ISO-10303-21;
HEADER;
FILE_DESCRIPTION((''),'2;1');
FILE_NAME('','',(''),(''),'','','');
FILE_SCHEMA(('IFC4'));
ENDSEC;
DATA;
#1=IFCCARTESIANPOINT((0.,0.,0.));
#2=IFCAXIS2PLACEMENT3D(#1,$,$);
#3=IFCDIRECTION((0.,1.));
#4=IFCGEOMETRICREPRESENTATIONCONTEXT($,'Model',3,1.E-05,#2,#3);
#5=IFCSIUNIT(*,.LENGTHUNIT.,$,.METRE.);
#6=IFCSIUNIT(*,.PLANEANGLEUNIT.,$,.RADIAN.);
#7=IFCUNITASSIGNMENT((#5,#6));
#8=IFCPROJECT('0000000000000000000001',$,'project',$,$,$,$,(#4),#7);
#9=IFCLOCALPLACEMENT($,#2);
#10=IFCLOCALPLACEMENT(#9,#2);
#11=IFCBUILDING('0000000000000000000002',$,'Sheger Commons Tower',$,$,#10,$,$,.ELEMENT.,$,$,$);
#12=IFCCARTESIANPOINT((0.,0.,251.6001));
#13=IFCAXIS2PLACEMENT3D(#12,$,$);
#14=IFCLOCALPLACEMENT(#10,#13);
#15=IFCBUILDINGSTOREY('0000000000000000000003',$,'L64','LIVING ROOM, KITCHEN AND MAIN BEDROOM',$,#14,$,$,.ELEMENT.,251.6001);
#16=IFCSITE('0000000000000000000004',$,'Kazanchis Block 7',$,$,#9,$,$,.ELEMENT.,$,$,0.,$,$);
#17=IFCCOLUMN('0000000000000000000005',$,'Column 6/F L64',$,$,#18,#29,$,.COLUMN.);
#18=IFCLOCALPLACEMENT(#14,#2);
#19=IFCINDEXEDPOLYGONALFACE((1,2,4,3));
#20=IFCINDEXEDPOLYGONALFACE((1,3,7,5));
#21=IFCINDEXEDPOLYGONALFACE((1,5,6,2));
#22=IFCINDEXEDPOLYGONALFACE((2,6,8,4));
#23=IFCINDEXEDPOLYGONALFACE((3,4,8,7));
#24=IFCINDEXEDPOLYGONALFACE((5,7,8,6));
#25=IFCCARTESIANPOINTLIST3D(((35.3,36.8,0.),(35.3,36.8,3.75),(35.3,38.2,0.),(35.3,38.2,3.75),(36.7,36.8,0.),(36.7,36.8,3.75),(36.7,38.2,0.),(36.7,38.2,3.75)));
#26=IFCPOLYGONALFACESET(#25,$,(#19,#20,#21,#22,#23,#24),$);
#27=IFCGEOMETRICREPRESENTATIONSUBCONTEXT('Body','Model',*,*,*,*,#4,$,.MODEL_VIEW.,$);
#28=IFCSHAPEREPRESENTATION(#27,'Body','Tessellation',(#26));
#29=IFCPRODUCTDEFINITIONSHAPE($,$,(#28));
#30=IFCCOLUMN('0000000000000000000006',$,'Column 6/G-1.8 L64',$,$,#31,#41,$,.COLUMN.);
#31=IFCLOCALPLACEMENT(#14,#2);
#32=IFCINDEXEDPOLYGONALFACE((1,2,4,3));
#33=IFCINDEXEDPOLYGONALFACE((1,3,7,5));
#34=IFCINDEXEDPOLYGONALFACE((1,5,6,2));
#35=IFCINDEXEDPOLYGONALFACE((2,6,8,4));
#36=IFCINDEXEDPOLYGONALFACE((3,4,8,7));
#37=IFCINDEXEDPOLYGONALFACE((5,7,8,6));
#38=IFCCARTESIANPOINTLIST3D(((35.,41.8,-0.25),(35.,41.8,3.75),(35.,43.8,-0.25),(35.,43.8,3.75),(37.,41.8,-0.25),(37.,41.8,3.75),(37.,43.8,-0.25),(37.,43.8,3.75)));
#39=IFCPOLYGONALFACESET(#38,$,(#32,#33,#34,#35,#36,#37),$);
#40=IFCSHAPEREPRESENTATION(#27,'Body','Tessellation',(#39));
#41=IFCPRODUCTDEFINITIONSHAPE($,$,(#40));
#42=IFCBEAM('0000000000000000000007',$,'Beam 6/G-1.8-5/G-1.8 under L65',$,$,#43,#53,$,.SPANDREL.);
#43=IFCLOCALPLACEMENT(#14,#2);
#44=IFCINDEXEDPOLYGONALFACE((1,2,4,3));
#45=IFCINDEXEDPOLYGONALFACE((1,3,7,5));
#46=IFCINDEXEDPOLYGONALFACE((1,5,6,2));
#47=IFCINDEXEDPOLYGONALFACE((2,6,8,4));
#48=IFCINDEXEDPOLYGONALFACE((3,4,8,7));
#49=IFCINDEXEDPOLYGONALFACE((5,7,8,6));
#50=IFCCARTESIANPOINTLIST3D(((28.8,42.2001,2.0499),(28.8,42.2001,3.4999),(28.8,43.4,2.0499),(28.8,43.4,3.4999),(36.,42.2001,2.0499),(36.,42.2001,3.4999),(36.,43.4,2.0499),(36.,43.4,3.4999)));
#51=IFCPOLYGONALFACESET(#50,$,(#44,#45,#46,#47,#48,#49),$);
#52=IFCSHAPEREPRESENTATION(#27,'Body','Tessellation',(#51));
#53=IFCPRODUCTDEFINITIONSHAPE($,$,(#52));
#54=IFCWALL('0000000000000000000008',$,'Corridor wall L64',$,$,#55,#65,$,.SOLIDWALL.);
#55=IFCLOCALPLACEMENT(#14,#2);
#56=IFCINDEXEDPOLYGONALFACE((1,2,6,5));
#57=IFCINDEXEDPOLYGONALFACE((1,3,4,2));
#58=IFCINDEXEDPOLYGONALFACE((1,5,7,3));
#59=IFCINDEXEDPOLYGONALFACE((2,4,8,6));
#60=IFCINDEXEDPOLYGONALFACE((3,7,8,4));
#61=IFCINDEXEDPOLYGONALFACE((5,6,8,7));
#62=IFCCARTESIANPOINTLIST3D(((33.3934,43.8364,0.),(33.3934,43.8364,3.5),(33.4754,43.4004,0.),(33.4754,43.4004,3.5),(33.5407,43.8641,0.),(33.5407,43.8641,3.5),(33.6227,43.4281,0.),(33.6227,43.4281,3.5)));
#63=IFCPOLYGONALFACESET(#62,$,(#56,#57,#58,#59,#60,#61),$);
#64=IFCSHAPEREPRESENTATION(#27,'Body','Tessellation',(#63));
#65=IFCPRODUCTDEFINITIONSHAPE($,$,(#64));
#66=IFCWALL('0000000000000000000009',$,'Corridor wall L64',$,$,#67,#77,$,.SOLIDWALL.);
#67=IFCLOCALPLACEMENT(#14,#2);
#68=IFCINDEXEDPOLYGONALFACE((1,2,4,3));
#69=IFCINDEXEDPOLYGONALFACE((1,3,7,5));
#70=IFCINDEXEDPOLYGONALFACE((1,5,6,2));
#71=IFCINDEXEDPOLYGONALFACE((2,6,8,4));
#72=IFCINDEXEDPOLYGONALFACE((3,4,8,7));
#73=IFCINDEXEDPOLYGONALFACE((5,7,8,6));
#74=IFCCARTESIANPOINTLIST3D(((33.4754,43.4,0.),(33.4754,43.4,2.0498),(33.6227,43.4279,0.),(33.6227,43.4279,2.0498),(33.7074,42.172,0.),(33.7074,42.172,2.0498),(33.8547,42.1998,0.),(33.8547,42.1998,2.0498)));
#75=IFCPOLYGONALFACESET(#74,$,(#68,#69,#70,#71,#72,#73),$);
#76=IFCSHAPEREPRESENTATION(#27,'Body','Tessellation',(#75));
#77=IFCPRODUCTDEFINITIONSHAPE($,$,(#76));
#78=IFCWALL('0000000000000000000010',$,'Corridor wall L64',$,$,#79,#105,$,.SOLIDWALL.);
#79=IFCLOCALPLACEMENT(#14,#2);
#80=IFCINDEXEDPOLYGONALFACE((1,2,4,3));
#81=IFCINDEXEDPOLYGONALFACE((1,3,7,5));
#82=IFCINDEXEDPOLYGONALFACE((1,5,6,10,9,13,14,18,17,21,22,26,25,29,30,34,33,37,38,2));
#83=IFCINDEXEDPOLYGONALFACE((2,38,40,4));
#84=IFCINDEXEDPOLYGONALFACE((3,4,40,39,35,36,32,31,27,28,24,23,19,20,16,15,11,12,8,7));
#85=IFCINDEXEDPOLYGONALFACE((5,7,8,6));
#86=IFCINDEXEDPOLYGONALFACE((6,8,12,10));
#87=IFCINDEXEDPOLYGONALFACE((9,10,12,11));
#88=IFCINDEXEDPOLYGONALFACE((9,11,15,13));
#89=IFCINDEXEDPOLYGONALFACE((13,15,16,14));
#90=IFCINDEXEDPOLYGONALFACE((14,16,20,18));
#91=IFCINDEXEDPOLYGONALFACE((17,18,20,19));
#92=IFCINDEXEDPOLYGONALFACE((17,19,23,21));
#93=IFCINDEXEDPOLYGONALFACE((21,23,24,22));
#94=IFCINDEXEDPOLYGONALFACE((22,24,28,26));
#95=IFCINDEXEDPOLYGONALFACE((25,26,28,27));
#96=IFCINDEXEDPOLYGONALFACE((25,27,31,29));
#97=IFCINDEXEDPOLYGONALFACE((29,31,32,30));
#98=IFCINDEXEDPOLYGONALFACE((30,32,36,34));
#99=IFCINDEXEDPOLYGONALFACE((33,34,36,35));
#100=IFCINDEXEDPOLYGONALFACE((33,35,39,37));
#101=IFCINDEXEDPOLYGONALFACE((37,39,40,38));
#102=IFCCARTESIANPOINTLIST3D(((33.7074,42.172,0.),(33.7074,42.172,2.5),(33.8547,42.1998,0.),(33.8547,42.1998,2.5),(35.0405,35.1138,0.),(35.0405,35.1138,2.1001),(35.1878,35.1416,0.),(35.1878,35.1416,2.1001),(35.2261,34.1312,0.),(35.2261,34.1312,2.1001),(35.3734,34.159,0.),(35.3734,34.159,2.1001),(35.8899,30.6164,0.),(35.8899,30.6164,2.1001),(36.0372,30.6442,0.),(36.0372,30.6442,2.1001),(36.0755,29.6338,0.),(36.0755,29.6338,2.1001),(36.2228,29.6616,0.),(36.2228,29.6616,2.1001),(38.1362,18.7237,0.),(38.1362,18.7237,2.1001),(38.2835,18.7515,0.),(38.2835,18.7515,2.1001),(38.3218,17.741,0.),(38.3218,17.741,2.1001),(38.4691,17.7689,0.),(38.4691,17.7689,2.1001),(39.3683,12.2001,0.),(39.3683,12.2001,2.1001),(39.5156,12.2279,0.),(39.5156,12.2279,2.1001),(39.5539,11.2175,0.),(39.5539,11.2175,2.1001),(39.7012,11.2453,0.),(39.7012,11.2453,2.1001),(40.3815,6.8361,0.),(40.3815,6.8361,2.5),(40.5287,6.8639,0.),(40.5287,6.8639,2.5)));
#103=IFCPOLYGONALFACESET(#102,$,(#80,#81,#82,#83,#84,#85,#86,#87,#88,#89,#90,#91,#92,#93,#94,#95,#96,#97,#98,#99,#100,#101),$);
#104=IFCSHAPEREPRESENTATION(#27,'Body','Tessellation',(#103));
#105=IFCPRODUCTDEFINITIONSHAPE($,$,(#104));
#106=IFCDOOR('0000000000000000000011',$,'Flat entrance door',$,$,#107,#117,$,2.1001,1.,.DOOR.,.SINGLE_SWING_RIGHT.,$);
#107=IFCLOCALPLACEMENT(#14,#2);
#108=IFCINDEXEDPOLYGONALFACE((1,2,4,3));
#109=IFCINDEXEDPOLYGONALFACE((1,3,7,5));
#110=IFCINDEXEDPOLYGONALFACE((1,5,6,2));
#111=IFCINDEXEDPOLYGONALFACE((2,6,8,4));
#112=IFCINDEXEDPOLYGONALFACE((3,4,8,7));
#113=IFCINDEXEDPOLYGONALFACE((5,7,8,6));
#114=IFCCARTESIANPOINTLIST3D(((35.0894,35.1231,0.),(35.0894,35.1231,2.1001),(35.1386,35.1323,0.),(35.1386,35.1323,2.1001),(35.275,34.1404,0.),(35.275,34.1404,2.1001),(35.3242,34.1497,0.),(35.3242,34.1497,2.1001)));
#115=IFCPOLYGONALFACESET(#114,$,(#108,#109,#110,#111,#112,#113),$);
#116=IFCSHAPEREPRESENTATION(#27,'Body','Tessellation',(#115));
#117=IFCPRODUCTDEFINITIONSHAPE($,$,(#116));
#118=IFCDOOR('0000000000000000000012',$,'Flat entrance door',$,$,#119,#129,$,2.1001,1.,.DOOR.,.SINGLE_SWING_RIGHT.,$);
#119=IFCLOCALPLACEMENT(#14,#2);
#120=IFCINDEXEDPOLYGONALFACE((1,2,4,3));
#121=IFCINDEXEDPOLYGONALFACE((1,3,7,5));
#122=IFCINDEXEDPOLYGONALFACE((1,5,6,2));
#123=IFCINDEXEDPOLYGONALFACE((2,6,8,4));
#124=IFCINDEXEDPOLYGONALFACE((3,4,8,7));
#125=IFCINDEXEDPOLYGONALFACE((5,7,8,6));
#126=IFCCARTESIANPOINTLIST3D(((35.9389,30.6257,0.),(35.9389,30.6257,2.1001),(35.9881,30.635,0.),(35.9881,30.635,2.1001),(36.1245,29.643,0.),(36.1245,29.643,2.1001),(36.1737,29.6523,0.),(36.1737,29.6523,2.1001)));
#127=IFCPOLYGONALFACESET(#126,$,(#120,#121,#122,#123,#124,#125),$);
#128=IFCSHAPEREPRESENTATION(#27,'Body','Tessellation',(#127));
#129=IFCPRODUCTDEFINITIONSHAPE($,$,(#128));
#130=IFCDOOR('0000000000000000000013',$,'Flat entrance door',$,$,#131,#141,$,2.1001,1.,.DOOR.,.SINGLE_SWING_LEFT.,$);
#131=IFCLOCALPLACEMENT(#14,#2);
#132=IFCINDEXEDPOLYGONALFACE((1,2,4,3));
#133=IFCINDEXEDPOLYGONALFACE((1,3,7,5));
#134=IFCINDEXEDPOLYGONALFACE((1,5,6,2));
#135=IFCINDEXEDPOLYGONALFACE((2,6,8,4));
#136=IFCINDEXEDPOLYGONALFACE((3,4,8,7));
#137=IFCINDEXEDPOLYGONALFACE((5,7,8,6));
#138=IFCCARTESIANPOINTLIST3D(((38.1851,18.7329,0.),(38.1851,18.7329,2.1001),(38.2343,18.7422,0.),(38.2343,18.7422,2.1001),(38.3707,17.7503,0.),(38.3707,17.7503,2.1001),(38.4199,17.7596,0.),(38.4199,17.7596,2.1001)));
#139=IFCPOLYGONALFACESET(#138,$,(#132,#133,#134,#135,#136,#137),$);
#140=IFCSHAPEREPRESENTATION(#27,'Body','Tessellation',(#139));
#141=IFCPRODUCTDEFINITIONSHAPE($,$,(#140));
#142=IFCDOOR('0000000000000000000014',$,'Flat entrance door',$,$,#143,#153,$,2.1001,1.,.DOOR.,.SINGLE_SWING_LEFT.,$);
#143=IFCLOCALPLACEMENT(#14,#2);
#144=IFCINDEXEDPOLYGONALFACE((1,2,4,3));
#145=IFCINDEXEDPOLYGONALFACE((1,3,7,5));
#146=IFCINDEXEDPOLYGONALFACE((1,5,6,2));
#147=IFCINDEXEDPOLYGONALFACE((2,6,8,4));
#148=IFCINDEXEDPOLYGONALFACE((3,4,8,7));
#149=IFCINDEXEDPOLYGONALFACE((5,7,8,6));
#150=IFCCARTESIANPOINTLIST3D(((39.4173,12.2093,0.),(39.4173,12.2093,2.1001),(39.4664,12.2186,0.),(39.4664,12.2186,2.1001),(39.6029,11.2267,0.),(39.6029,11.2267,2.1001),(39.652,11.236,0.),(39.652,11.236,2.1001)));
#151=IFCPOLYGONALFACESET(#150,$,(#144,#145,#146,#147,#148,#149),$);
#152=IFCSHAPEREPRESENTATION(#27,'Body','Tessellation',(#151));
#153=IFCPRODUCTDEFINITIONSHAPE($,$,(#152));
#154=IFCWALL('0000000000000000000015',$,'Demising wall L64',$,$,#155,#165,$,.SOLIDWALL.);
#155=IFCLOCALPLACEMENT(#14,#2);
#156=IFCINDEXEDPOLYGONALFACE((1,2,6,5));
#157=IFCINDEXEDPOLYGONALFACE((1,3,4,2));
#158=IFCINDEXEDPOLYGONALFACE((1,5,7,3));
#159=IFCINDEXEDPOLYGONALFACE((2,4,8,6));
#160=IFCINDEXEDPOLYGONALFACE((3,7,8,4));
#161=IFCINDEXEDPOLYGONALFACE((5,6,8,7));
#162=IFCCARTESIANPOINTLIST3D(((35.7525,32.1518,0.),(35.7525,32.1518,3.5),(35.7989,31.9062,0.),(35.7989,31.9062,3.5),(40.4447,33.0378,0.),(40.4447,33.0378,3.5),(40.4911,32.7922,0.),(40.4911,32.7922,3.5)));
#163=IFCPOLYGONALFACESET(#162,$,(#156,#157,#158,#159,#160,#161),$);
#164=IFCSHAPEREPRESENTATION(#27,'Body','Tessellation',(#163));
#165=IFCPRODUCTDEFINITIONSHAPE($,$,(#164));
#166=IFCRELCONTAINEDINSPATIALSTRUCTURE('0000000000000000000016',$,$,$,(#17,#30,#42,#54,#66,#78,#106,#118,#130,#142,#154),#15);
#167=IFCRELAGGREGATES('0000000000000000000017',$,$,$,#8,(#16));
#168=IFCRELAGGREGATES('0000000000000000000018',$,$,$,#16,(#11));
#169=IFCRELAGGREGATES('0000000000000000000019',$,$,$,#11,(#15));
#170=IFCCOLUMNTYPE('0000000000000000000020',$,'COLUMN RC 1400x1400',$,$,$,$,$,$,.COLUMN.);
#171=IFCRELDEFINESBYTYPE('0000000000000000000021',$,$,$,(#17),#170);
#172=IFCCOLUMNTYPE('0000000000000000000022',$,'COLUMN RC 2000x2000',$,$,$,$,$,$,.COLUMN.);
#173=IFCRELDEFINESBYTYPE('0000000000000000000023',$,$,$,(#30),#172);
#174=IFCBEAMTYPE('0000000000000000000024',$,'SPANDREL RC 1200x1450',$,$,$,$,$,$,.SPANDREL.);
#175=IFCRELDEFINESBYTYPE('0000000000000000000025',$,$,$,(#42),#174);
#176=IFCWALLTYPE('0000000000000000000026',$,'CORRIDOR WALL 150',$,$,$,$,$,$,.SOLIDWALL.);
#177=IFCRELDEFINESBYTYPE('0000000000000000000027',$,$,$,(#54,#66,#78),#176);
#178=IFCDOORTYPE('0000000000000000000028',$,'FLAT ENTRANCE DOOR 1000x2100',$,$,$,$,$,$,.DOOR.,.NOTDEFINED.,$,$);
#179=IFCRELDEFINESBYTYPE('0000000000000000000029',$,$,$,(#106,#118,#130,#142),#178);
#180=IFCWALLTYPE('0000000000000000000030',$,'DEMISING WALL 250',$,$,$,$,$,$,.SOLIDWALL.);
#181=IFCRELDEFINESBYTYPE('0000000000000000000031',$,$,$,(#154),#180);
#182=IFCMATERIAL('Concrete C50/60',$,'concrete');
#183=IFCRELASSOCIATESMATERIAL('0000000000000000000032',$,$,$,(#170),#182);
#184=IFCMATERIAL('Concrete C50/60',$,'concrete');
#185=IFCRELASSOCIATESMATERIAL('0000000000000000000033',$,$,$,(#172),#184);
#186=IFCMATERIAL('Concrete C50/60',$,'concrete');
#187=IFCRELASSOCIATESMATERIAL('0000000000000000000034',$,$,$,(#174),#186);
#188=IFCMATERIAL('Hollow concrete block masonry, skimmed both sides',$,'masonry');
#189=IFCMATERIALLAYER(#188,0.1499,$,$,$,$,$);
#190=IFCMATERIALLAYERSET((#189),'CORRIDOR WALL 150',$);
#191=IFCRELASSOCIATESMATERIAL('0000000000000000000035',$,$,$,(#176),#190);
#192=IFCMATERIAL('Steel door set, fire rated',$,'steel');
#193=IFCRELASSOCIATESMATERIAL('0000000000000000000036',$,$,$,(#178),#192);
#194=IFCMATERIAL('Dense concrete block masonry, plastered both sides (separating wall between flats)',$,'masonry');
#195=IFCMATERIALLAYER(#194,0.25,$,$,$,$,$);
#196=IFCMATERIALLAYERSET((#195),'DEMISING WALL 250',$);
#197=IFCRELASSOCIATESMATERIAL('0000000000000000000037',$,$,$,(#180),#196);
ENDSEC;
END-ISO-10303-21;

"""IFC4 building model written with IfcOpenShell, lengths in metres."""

from ifc_helpers import new_model, si_unit, direction, frame, frame_2d, origin, origin_2d, place, context, subcontext, project, spatial, rectangle, extrude, material, layer, layer_set, material_profile, profile_set, type_object, element, fill, save


model = new_model("IFC4")

# Units and contexts
model_context = context("Model", 3, precision=1e-05, world=origin(), true_north=direction((0.0, 1.0)))
body_context = subcontext(model_context, "Body", "Model", "MODEL_VIEW")
ifc_project = project(units=[si_unit("LENGTHUNIT", "METRE"), si_unit("PLANEANGLEUNIT", "RADIAN")], contexts=[model_context])

# Site, building, storey
site_placement = place(None, origin())
site = spatial("IfcSite", under=ifc_project, at=site_placement, Name="Kazanchis Block 7", CompositionType="ELEMENT", RefElevation=0.0)
building_placement = place(site_placement, origin())
building = spatial("IfcBuilding", under=site, at=building_placement, Name="Sheger Commons Tower", CompositionType="ELEMENT")
storey_placement = place(building_placement, frame((0.0, 0.0, 251.6001)))
storey = spatial("IfcBuildingStorey", under=building, at=storey_placement, Name="L64", Description="LIVING ROOM, KITCHEN AND MAIN BEDROOM", CompositionType="ELEMENT", Elevation=251.6001)

# Columns
ifc_material_1 = material(Name="Concrete C50/60", Category="concrete")
ifc_material_profile_1 = material_profile(ifc_material_1, rectangle(XDim=1.3999, YDim=1.3999, at=origin_2d()), Name="RC 1400x1400")
ifc_profile_set_1 = profile_set([ifc_material_profile_1], Name="Concrete C50/60")
column_type_1 = type_object("IfcColumnType", Name="COLUMN RC 1400x1400", PredefinedType="COLUMN", material=ifc_profile_set_1)
column_1_placement = place(storey_placement, frame((36.0, 37.5, 0.0), z_axis=(0.0, 0.0, 1.0), x_axis=(1.0, 0.0, 0.0)))
element("IfcColumn", 1, at=column_1_placement, inside=storey, type_object=column_type_1, Name="Column 6/F L64", PredefinedType="COLUMN", context=body_context, shape_type="SweptSolid", body=[
    extrude(rectangle(XDim=1.3999, YDim=1.3999, at=origin_2d()), origin(), (0.0, 0.0, 1.0), 3.75),
])
ifc_material_2 = material(Name="Concrete C50/60", Category="concrete")
ifc_material_profile_2 = material_profile(ifc_material_2, rectangle(XDim=2.0, YDim=2.0, at=origin_2d()), Name="RC 2000x2000")
ifc_profile_set_2 = profile_set([ifc_material_profile_2], Name="Concrete C50/60")
column_type_2 = type_object("IfcColumnType", Name="COLUMN RC 2000x2000", PredefinedType="COLUMN", material=ifc_profile_set_2)
column_2_placement = place(storey_placement, frame((36.0, 42.8, -0.25), z_axis=(0.0, 0.0, 1.0), x_axis=(1.0, 0.0, 0.0)))
element("IfcColumn", 2, at=column_2_placement, inside=storey, type_object=column_type_2, Name="Column 6/G-1.8 L64", PredefinedType="COLUMN", context=body_context, shape_type="SweptSolid", body=[
    extrude(rectangle(XDim=2.0, YDim=2.0, at=origin_2d()), origin(), (0.0, 0.0, 1.0), 4.0),
])

# Beam
ifc_material_3 = material(Name="Concrete C50/60", Category="concrete")
ifc_material_profile_3 = material_profile(ifc_material_3, rectangle(XDim=1.2, YDim=1.45, at=origin_2d()), Name="RC 1200x1450")
ifc_profile_set_3 = profile_set([ifc_material_profile_3], Name="Concrete C50/60")
beam_type = type_object("IfcBeamType", Name="SPANDREL RC 1200x1450", PredefinedType="SPANDREL", material=ifc_profile_set_3)
beam_placement = place(storey_placement, frame((36.0, 42.8, 2.7749), z_axis=(-1.0, 0.0, 0.0), x_axis=(0.0, -1.0, 0.0)))
element("IfcBeam", 3, at=beam_placement, inside=storey, type_object=beam_type, Name="Beam 6/G-1.8-5/G-1.8 under L65", PredefinedType="SPANDREL", context=body_context, shape_type="SweptSolid", body=[
    extrude(rectangle(XDim=1.2, YDim=1.45, at=origin_2d()), origin(), (0.0, 0.0, 1.0), 7.2),
])

# Walls
ifc_material_4 = material(Name="Hollow concrete block masonry, skimmed both sides", Category="masonry")
ifc_layer_1 = layer(ifc_material_4, 0.1499)
ifc_layer_set_1 = layer_set([ifc_layer_1], Name="CORRIDOR WALL 150")
wall_type_1 = type_object("IfcWallType", Name="CORRIDOR WALL 150", PredefinedType="SOLIDWALL", material=ifc_layer_set_1)
wall_1_placement = place(storey_placement, frame((33.467, 43.8501, 0.0), z_axis=(0.0, 0.0, 1.0), x_axis=(0.184887, -0.98276, 0.0)))
element("IfcWall", 4, at=wall_1_placement, inside=storey, type_object=wall_type_1, Name="Corridor wall L64", PredefinedType="SOLIDWALL", context=body_context, shape_type="SweptSolid", body=[
    extrude(rectangle(XDim=0.4436, YDim=0.1499, at=frame_2d((0.2217, 0.0))), origin(), (0.0, 0.0, 1.0), 3.5),
])
wall_2_placement = place(storey_placement, frame((33.5491, 43.4141, 0.0), z_axis=(0.0, 0.0, 1.0), x_axis=(0.185586, -0.982628, 0.0)))
element("IfcWall", 5, at=wall_2_placement, inside=storey, type_object=wall_type_1, Name="Corridor wall L64", PredefinedType="SOLIDWALL", context=body_context, shape_type="SweptSolid", body=[
    extrude(rectangle(XDim=1.2498, YDim=0.1499, at=frame_2d((0.625, 0.0))), origin(), (0.0, 0.0, 1.0), 2.0498),
])

# Wall, openings, doors
wall_3_placement = place(storey_placement, frame((33.781, 42.186, 0.0), z_axis=(0.0, 0.0, 1.0), x_axis=(0.185594, -0.982627, 0.0)))
wall_3 = element("IfcWall", 6, at=wall_3_placement, inside=storey, type_object=wall_type_1, Name="Corridor wall L64", PredefinedType="SOLIDWALL", context=body_context, shape_type="SweptSolid", body=[
    extrude(rectangle(XDim=35.9607, YDim=0.1499, at=frame_2d((17.9805, 0.0))), origin(), (0.0, 0.0, 1.0), 2.5),
])
opening_1_placement = place(wall_3_placement, frame((7.1831, 0.0, 0.0)))
opening_1 = element("IfcOpeningElement", 7, at=opening_1_placement, cuts=wall_3, PredefinedType="OPENING", context=body_context, shape_type="SweptSolid", body=[
    extrude(rectangle(XDim=1.0, YDim=2.1001, at=frame_2d((0.5, 1.05))), frame((0.0, 0.085, 0.0), z_axis=(0.0, -1.0, 0.0), x_axis=(1.0, 0.0, 0.0)), (0.0, 0.0, 1.0), 0.1699),
])
opening_2_placement = place(wall_3_placement, frame((11.76, 0.0, 0.0)))
opening_2 = element("IfcOpeningElement", 8, at=opening_2_placement, cuts=wall_3, PredefinedType="OPENING", context=body_context, shape_type="SweptSolid", body=[
    extrude(rectangle(XDim=1.0, YDim=2.1001, at=frame_2d((0.5, 1.05))), frame((0.0, 0.085, 0.0), z_axis=(0.0, -1.0, 0.0), x_axis=(1.0, 0.0, 0.0)), (0.0, 0.0, 1.0), 0.1699),
])
opening_3_placement = place(wall_3_placement, frame((23.863, 0.0, 0.0)))
opening_3 = element("IfcOpeningElement", 9, at=opening_3_placement, cuts=wall_3, PredefinedType="OPENING", context=body_context, shape_type="SweptSolid", body=[
    extrude(rectangle(XDim=1.0, YDim=2.1001, at=frame_2d((0.5, 1.05))), frame((0.0, 0.085, 0.0), z_axis=(0.0, -1.0, 0.0), x_axis=(1.0, 0.0, 0.0)), (0.0, 0.0, 1.0), 0.1699),
])
opening_4_placement = place(wall_3_placement, frame((30.502, 0.0, 0.0)))
opening_4 = element("IfcOpeningElement", 10, at=opening_4_placement, cuts=wall_3, PredefinedType="OPENING", context=body_context, shape_type="SweptSolid", body=[
    extrude(rectangle(XDim=1.0, YDim=2.1001, at=frame_2d((0.5, 1.05))), frame((0.0, 0.085, 0.0), z_axis=(0.0, -1.0, 0.0), x_axis=(1.0, 0.0, 0.0)), (0.0, 0.0, 1.0), 0.1699),
])
ifc_material_5 = material(Name="Steel door set, fire rated", Category="steel")
door_type_1 = type_object("IfcDoorType", Name="FLAT ENTRANCE DOOR 1000x2100", OperationType="NOTDEFINED", PredefinedType="DOOR", material=ifc_material_5)
door_1_placement = place(opening_1_placement, origin())
door_1 = element("IfcDoor", 11, at=door_1_placement, inside=storey, type_object=door_type_1, Name="Flat entrance door", OperationType="SINGLE_SWING_RIGHT", OverallHeight=2.1001, OverallWidth=1.0, PredefinedType="DOOR", context=body_context, shape_type="SweptSolid", body=[
    extrude(rectangle(XDim=1.0, YDim=2.1001, at=frame_2d((0.5, 1.05))), frame((0.0, 0.0249, 0.0), z_axis=(0.0, -1.0, 0.0), x_axis=(1.0, 0.0, 0.0)), (0.0, 0.0, 1.0), 0.05),
])
fill(opening_1, door_1)
door_2_placement = place(opening_2_placement, origin())
door_2 = element("IfcDoor", 12, at=door_2_placement, inside=storey, type_object=door_type_1, Name="Flat entrance door", OperationType="SINGLE_SWING_RIGHT", OverallHeight=2.1001, OverallWidth=1.0, PredefinedType="DOOR", context=body_context, shape_type="SweptSolid", body=[
    extrude(rectangle(XDim=1.0, YDim=2.1001, at=frame_2d((0.5, 1.05))), frame((0.0, 0.0249, 0.0), z_axis=(0.0, -1.0, 0.0), x_axis=(1.0, 0.0, 0.0)), (0.0, 0.0, 1.0), 0.05),
])
fill(opening_2, door_2)
door_3_placement = place(opening_3_placement, origin())
door_3 = element("IfcDoor", 13, at=door_3_placement, inside=storey, type_object=door_type_1, Name="Flat entrance door", OperationType="SINGLE_SWING_LEFT", OverallHeight=2.1001, OverallWidth=1.0, PredefinedType="DOOR", context=body_context, shape_type="SweptSolid", body=[
    extrude(rectangle(XDim=1.0, YDim=2.1001, at=frame_2d((0.5, 1.05))), frame((0.0, 0.0249, 0.0), z_axis=(0.0, -1.0, 0.0), x_axis=(1.0, 0.0, 0.0)), (0.0, 0.0, 1.0), 0.05),
])
fill(opening_3, door_3)
door_4_placement = place(opening_4_placement, origin())
door_4 = element("IfcDoor", 14, at=door_4_placement, inside=storey, type_object=door_type_1, Name="Flat entrance door", OperationType="SINGLE_SWING_LEFT", OverallHeight=2.1001, OverallWidth=1.0, PredefinedType="DOOR", context=body_context, shape_type="SweptSolid", body=[
    extrude(rectangle(XDim=1.0, YDim=2.1001, at=frame_2d((0.5, 1.05))), frame((0.0, 0.0249, 0.0), z_axis=(0.0, -1.0, 0.0), x_axis=(1.0, 0.0, 0.0)), (0.0, 0.0, 1.0), 0.05),
])
fill(opening_4, door_4)

# Wall
ifc_material_6 = material(Name="Dense concrete block masonry, plastered both sides (separating wall between flats)", Category="masonry")
ifc_layer_2 = layer(ifc_material_6, 0.25)
ifc_layer_set_2 = layer_set([ifc_layer_2], Name="DEMISING WALL 250")
wall_type_2 = type_object("IfcWallType", Name="DEMISING WALL 250", PredefinedType="SOLIDWALL", material=ifc_layer_set_2)
wall_4_placement = place(storey_placement, frame((40.468, 32.915, 0.0), z_axis=(0.0, 0.0, 1.0), x_axis=(-0.982636, -0.185545, 0.0)))
element("IfcWall", 15, at=wall_4_placement, inside=storey, type_object=wall_type_2, Name="Demising wall L64", PredefinedType="SOLIDWALL", context=body_context, shape_type="SweptSolid", body=[
    extrude(rectangle(XDim=4.7751, YDim=0.25, at=frame_2d((2.3877, 0.0))), origin(), (0.0, 0.0, 1.0), 3.5),
])

save(model, "model.ifc")
